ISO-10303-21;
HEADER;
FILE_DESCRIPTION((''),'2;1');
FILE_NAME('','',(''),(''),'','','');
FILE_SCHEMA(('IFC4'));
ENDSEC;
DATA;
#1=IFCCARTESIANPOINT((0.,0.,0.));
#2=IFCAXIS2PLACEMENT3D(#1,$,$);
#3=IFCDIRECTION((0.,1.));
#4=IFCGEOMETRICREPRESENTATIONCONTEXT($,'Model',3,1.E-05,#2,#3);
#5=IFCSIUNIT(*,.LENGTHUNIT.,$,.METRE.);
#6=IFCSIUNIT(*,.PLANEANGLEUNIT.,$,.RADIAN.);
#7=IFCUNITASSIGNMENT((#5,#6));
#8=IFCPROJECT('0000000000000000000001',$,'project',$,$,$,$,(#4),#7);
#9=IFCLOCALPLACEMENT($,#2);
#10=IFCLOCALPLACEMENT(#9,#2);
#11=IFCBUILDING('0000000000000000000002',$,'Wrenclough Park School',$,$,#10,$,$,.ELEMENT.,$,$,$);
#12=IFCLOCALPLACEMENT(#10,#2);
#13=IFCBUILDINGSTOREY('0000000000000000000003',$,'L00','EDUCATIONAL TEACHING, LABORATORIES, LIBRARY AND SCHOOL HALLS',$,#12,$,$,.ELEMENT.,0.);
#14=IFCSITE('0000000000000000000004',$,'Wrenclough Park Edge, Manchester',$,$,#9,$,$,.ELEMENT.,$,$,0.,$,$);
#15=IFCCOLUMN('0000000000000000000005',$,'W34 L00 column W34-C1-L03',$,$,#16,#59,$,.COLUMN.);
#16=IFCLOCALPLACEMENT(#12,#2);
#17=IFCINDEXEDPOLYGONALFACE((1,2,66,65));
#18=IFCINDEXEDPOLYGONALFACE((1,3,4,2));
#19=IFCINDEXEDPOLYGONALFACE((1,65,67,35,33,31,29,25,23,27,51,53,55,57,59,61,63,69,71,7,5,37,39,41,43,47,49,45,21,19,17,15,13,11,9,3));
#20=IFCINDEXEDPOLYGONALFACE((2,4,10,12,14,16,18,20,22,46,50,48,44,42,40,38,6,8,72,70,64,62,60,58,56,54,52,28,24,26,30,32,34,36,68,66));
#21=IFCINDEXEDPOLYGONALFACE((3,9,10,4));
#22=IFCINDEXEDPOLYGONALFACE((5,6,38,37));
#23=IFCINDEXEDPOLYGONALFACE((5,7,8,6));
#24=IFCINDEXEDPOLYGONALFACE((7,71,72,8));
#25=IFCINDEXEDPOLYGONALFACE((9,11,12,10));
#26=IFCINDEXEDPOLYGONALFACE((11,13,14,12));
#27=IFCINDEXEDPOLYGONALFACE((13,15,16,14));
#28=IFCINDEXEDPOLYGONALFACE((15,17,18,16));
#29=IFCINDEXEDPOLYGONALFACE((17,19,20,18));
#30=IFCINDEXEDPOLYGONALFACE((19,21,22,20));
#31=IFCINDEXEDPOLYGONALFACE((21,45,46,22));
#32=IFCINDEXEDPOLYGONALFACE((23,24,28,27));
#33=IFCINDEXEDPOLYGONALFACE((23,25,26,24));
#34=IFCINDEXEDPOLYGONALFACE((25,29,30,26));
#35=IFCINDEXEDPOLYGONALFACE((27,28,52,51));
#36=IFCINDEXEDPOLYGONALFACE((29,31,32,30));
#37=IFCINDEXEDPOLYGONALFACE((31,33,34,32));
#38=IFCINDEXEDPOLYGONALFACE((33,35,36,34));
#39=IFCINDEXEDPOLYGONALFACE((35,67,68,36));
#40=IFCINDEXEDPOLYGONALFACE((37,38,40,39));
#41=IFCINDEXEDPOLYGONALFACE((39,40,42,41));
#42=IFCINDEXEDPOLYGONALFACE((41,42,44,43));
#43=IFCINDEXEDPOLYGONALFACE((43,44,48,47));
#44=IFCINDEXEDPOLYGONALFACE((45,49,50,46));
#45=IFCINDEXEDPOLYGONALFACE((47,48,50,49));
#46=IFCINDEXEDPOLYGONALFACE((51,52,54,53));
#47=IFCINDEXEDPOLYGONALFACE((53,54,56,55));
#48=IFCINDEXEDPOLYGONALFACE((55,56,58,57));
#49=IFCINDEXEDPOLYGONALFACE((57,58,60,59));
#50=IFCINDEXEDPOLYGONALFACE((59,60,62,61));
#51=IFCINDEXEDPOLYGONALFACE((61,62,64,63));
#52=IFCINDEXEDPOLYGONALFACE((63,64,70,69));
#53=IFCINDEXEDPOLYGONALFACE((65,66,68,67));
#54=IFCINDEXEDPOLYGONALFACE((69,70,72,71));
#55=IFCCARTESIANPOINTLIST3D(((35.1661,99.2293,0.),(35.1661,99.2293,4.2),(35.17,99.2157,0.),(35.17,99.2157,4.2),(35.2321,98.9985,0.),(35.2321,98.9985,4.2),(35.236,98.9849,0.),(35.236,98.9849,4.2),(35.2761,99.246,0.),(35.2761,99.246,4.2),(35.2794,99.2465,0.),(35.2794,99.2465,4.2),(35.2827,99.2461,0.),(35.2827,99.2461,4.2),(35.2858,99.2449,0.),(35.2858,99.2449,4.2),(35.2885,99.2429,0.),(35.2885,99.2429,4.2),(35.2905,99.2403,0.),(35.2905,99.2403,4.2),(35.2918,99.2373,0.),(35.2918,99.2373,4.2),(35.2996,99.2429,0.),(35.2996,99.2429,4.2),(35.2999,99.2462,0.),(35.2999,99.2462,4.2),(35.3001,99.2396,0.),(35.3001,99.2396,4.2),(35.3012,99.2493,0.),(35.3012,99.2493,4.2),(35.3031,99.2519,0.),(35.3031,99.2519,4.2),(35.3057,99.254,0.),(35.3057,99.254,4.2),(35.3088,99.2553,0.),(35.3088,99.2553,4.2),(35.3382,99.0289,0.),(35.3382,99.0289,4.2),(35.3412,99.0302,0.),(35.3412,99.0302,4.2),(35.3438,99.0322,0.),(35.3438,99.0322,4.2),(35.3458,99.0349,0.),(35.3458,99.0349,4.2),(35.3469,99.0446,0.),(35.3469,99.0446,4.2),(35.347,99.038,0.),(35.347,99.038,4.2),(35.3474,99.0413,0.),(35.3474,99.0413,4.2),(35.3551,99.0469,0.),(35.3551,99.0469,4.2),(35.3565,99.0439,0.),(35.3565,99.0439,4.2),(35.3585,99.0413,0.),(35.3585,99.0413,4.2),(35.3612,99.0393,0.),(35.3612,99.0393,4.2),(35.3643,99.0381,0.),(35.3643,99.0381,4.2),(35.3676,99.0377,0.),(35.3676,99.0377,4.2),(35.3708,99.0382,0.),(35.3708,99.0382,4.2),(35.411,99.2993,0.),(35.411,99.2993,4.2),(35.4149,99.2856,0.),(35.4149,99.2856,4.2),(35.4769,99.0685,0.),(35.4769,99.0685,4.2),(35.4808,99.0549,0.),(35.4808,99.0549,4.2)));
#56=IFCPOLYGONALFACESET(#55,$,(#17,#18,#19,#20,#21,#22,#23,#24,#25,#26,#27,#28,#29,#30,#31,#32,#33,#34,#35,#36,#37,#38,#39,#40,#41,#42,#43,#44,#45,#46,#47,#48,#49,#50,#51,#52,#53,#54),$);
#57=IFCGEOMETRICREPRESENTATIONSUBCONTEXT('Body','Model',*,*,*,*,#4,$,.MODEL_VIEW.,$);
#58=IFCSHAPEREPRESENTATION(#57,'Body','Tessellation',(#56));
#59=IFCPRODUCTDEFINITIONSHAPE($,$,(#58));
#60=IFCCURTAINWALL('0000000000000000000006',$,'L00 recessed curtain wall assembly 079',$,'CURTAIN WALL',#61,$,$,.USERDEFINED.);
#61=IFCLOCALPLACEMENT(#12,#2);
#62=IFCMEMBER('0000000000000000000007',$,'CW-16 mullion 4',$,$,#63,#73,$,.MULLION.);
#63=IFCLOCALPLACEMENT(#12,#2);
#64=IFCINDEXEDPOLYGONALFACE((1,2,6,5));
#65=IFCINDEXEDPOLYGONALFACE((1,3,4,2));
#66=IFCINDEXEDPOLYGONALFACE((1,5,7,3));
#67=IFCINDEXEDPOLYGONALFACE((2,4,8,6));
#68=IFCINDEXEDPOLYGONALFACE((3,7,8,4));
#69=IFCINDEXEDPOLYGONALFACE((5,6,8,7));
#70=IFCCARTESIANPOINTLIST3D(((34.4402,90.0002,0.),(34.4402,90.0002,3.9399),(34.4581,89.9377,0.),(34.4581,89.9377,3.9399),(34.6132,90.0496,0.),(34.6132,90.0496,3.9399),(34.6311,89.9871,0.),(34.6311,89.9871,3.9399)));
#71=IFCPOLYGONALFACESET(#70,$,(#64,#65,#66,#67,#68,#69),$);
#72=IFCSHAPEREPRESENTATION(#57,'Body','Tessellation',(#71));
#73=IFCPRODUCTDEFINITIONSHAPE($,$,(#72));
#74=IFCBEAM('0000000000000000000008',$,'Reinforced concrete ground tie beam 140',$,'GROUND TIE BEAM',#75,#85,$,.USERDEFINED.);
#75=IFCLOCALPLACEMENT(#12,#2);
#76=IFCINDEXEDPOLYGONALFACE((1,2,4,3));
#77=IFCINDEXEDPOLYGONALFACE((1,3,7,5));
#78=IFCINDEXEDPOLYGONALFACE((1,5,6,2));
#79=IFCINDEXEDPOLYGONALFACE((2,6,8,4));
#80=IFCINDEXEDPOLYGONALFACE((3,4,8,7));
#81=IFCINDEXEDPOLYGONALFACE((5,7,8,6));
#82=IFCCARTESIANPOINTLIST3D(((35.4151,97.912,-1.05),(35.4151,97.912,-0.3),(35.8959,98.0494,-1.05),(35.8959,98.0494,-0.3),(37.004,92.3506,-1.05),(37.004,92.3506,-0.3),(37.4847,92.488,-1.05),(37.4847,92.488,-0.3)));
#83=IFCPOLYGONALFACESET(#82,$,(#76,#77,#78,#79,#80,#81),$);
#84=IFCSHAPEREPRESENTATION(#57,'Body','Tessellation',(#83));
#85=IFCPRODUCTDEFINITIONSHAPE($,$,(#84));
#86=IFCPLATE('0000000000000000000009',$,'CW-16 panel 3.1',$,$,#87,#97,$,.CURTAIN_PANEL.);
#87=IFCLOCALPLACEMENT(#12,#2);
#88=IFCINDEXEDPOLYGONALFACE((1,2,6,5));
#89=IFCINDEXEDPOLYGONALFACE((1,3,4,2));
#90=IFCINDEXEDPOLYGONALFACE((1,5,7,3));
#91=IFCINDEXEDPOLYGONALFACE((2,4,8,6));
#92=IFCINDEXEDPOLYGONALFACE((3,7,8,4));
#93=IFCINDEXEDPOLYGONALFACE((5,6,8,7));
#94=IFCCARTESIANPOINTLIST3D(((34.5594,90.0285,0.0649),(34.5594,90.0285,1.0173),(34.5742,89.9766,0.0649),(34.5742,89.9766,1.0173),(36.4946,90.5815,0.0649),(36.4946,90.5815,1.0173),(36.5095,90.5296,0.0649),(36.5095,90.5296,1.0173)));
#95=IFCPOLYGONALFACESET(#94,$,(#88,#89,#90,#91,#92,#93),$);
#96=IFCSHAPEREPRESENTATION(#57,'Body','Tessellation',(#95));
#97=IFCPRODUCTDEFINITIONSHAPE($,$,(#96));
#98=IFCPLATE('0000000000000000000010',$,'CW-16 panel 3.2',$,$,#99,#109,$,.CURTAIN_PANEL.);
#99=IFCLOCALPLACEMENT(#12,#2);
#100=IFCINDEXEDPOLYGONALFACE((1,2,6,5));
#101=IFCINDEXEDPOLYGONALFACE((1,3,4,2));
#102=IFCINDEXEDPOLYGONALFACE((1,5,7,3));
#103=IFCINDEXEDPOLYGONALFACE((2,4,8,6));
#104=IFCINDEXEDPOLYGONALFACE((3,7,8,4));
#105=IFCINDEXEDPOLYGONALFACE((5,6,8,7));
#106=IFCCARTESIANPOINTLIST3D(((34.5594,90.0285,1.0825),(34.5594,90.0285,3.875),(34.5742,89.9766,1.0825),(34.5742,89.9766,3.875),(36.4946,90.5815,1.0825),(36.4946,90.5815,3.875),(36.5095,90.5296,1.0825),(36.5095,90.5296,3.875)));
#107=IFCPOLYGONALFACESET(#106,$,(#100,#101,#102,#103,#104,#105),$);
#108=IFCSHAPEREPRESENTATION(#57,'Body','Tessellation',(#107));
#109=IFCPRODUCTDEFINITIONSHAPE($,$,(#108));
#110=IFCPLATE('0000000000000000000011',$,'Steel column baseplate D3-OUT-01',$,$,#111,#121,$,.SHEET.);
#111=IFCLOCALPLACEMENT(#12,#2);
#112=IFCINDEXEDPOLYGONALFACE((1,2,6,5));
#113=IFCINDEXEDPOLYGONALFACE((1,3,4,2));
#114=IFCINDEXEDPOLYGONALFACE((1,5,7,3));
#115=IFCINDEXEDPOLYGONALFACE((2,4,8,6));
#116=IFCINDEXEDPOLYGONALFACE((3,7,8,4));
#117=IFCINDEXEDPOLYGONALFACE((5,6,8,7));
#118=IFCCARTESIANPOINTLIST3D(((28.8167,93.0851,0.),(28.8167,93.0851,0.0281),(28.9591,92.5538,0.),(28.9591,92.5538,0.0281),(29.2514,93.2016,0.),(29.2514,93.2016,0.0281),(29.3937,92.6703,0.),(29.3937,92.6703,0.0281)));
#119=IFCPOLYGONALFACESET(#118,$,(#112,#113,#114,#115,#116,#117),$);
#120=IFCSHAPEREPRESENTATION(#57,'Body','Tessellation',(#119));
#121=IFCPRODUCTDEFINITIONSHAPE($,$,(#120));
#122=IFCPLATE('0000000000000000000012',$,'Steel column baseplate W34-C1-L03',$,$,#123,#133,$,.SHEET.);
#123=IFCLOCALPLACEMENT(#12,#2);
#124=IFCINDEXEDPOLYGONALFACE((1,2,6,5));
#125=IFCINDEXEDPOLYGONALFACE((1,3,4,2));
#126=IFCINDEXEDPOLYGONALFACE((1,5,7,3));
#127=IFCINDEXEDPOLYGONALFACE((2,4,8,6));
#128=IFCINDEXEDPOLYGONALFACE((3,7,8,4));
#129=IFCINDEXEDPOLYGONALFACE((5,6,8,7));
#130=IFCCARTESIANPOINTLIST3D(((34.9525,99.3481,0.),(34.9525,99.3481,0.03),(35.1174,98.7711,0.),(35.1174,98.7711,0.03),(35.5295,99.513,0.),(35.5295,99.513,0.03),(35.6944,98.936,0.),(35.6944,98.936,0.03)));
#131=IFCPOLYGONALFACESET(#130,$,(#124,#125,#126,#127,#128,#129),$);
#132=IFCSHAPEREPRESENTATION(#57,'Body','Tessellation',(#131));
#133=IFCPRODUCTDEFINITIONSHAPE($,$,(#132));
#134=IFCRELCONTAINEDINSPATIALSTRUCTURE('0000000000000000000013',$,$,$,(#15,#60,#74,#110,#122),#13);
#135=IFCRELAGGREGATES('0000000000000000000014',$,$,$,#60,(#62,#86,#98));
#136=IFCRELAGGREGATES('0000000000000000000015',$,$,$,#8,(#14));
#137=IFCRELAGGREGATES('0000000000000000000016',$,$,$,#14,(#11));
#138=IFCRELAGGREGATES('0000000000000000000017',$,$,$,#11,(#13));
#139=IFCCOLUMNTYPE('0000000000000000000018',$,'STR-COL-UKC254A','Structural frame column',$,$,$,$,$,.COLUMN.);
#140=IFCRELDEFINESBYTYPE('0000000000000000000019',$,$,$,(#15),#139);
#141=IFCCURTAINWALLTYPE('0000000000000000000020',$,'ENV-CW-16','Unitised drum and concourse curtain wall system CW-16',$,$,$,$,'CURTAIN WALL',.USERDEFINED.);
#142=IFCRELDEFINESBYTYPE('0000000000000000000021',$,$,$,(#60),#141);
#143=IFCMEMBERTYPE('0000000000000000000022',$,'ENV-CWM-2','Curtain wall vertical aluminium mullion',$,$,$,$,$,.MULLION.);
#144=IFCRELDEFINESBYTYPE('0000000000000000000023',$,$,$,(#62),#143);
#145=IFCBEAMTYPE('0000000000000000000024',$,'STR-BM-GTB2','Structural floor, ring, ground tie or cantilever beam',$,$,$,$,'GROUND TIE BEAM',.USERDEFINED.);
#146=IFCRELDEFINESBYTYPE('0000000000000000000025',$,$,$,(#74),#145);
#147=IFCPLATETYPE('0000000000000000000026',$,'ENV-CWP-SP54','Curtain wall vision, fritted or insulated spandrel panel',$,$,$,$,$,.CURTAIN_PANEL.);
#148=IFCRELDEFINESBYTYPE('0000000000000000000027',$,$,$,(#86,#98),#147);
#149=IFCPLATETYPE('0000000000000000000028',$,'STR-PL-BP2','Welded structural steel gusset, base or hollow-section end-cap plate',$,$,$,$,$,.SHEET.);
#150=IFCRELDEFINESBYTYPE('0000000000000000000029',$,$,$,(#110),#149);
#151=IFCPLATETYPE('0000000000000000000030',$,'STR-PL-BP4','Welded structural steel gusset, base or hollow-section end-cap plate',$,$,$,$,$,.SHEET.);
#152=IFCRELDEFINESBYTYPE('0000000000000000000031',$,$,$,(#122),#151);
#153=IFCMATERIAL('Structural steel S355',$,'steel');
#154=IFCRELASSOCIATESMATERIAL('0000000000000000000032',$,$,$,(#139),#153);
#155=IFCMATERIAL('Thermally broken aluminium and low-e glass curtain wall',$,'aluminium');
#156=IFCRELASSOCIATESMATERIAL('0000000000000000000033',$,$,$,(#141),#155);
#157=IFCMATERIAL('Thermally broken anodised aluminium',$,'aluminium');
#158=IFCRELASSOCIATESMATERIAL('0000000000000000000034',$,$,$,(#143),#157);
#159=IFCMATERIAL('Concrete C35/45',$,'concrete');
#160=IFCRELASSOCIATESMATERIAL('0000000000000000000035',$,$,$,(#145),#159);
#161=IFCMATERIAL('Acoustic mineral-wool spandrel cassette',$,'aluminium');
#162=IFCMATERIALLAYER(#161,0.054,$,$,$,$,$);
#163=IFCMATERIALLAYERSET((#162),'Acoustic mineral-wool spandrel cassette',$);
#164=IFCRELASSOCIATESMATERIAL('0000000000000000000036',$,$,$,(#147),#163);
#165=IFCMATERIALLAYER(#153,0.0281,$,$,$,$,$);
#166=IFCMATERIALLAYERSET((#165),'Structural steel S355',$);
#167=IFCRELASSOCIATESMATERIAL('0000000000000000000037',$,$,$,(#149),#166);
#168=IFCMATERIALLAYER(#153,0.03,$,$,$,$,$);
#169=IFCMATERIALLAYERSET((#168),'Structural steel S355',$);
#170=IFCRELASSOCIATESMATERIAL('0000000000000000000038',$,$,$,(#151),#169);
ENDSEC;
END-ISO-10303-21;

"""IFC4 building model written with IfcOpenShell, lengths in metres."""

from ifc_helpers import new_model, si_unit, direction, frame, origin, origin_2d, place, context, subcontext, project, spatial, rectangle, i_section, extrude, material, layer, layer_set, material_profile, profile_set, type_object, element, aggregate, save


model = new_model("IFC4")

# Units and contexts
model_context = context("Model", 3, precision=1e-05, world=origin(), true_north=direction((0.0, 1.0)))
body_context = subcontext(model_context, "Body", "Model", "MODEL_VIEW")
ifc_project = project(units=[si_unit("LENGTHUNIT", "METRE"), si_unit("PLANEANGLEUNIT", "RADIAN")], contexts=[model_context])

# Site, building, storey
site_placement = place(None, origin())
site = spatial("IfcSite", under=ifc_project, at=site_placement, Name="Wrenclough Park Edge, Manchester", CompositionType="ELEMENT", RefElevation=0.0)
building_placement = place(site_placement, origin())
building = spatial("IfcBuilding", under=site, at=building_placement, Name="Wrenclough Park School", CompositionType="ELEMENT")
storey_placement = place(building_placement, origin())
storey = spatial("IfcBuildingStorey", under=building, at=storey_placement, Name="L00", Description="EDUCATIONAL TEACHING, LABORATORIES, LIBRARY AND SCHOOL HALLS", CompositionType="ELEMENT", Elevation=0.0)

# Shared definitions
ifc_material_1 = material(Name="Concrete C35/45", Category="concrete")

# Column
ifc_material_2 = material(Name="Structural steel S355", Category="steel")
ifc_material_profile_1 = material_profile(ifc_material_2, i_section(OverallWidth=0.2546, OverallDepth=0.2542, WebThickness=0.0085, FlangeThickness=0.0142, FilletRadius=0.0127, at=origin_2d()), Name="UKC 254x254x73")
ifc_profile_set_1 = profile_set([ifc_material_profile_1], Name="Structural steel S355")
column_type_1 = type_object("IfcColumnType", Name="STR-COL-UKC254A", Description="Structural frame column", PredefinedType="COLUMN", material=ifc_profile_set_1)
column_1_placement = place(storey_placement, frame((35.3235, 99.1421, 0.0), z_axis=(0.0, 0.0, 1.0), x_axis=(0.961502, 0.274798, 0.0)))
element("IfcColumn", 1, at=column_1_placement, inside=storey, type_object=column_type_1, Name="W34 L00 column W34-C1-L03", PredefinedType="COLUMN", context=body_context, shape_type="SweptSolid", body=[
    extrude(i_section(OverallWidth=0.2546, OverallDepth=0.2542, WebThickness=0.0085, FlangeThickness=0.0142, FilletRadius=0.0127, at=origin_2d()), origin(), (0.0, 0.0, 1.0), 4.2),
])

# Curtain wall, member
ifc_material_3 = material(Name="Thermally broken aluminium and low-e glass curtain wall", Category="aluminium")
curtain_wall_type = type_object("IfcCurtainWallType", Name="ENV-CW-16", Description="Unitised drum and concourse curtain wall system CW-16", ElementType="CURTAIN WALL", PredefinedType="USERDEFINED", material=ifc_material_3)
curtain_wall_placement = place(storey_placement, origin())
curtain_wall = element("IfcCurtainWall", 2, at=curtain_wall_placement, inside=storey, type_object=curtain_wall_type, Name="L00 recessed curtain wall assembly 079", ObjectType="CURTAIN WALL", PredefinedType="USERDEFINED")
ifc_material_4 = material(Name="Thermally broken anodised aluminium", Category="aluminium")
ifc_material_profile_2 = material_profile(ifc_material_4, rectangle(XDim=0.0649, YDim=0.1799, at=origin_2d()), Name="AL MULLION 65x180")
ifc_profile_set_2 = profile_set([ifc_material_profile_2], Name="Thermally broken anodised aluminium")
member_type = type_object("IfcMemberType", Name="ENV-CWM-2", Description="Curtain wall vertical aluminium mullion", PredefinedType="MULLION", material=ifc_profile_set_2)
member_placement = place(storey_placement, frame((34.5356, 89.9937, 0.0), z_axis=(0.0, 0.0, 1.0), x_axis=(0.274721, -0.961524, 0.0)))
member = element("IfcMember", 3, at=member_placement, type_object=member_type, Name="CW-16 mullion 4", PredefinedType="MULLION", context=body_context, shape_type="SweptSolid", body=[
    extrude(rectangle(XDim=0.0649, YDim=0.1799, at=origin_2d()), origin(), (0.0, 0.0, 1.0), 3.9399),
])

# Beam
ifc_material_profile_3 = material_profile(ifc_material_1, rectangle(XDim=0.5, YDim=0.75, at=origin_2d()), Name="RC GROUND 500x750")
ifc_profile_set_3 = profile_set([ifc_material_profile_3], Name="Concrete C35/45")
beam_type = type_object("IfcBeamType", Name="STR-BM-GTB2", Description="Structural floor, ring, ground tie or cantilever beam", ElementType="GROUND TIE BEAM", PredefinedType="USERDEFINED", material=ifc_profile_set_3)
beam_placement = place(storey_placement, frame((35.6555, 97.9807, -0.675), z_axis=(0.274699, -0.96153, 0.0), x_axis=(0.96153, 0.274699, 0.0)))
element("IfcBeam", 4, at=beam_placement, inside=storey, type_object=beam_type, Name="Reinforced concrete ground tie beam 140", ObjectType="GROUND TIE BEAM", PredefinedType="USERDEFINED", context=body_context, shape_type="SweptSolid", body=[
    extrude(rectangle(XDim=0.5, YDim=0.75, at=origin_2d()), origin(), (0.0, 0.0, 1.0), 5.7839),
])

# Plates
ifc_material_5 = material(Name="Acoustic mineral-wool spandrel cassette", Category="aluminium")
ifc_layer_1 = layer(ifc_material_5, 0.054)
ifc_layer_set_1 = layer_set([ifc_layer_1], Name="Acoustic mineral-wool spandrel cassette")
plate_type_1 = type_object("IfcPlateType", Name="ENV-CWP-SP54", Description="Curtain wall vision, fritted or insulated spandrel panel", PredefinedType="CURTAIN_PANEL", material=ifc_layer_set_1)
plate_1_placement = place(storey_placement, frame((35.5344, 90.2791, 0.0649), z_axis=(0.0, 0.0, 1.0), x_axis=(-0.961524, -0.274721, 0.0)))
plate_1 = element("IfcPlate", 5, at=plate_1_placement, type_object=plate_type_1, Name="CW-16 panel 3.1", PredefinedType="CURTAIN_PANEL", context=body_context, shape_type="SweptSolid", body=[
    extrude(rectangle(XDim=2.0127, YDim=0.054, at=origin_2d()), origin(), (0.0, 0.0, 1.0), 0.9524),
])
plate_2_placement = place(storey_placement, frame((35.5344, 90.2791, 1.0825), z_axis=(0.0, 0.0, 1.0), x_axis=(-0.961524, -0.274721, 0.0)))
plate_2 = element("IfcPlate", 6, at=plate_2_placement, type_object=plate_type_1, Name="CW-16 panel 3.2", PredefinedType="CURTAIN_PANEL", context=body_context, shape_type="SweptSolid", body=[
    extrude(rectangle(XDim=2.0127, YDim=0.054, at=origin_2d()), origin(), (0.0, 0.0, 1.0), 2.7925),
])
aggregate(curtain_wall, [member, plate_1, plate_2])

# Plates
ifc_layer_2 = layer(ifc_material_2, 0.0281)
ifc_layer_set_2 = layer_set([ifc_layer_2], Name="Structural steel S355")
plate_type_2 = type_object("IfcPlateType", Name="STR-PL-BP2", Description="Welded structural steel gusset, base or hollow-section end-cap plate", PredefinedType="SHEET", material=ifc_layer_set_2)
plate_3_placement = place(storey_placement, frame((29.1052, 92.8777, 0.0), z_axis=(0.0, 0.0, 1.0), x_axis=(-0.258819, 0.965926, 0.0)))
element("IfcPlate", 7, at=plate_3_placement, inside=storey, type_object=plate_type_2, Name="Steel column baseplate D3-OUT-01", PredefinedType="SHEET", context=body_context, shape_type="SweptSolid", body=[
    extrude(rectangle(XDim=0.55, YDim=0.45, at=origin_2d()), origin(), (0.0, 0.0, 1.0), 0.0281),
])
ifc_layer_3 = layer(ifc_material_2, 0.03)
ifc_layer_set_3 = layer_set([ifc_layer_3], Name="Structural steel S355")
plate_type_3 = type_object("IfcPlateType", Name="STR-PL-BP4", Description="Welded structural steel gusset, base or hollow-section end-cap plate", PredefinedType="SHEET", material=ifc_layer_set_3)
plate_4_placement = place(storey_placement, frame((35.3235, 99.1421, 0.0), z_axis=(0.0, 0.0, 1.0), x_axis=(0.961502, 0.274798, 0.0)))
element("IfcPlate", 8, at=plate_4_placement, inside=storey, type_object=plate_type_3, Name="Steel column baseplate W34-C1-L03", PredefinedType="SHEET", context=body_context, shape_type="SweptSolid", body=[
    extrude(rectangle(XDim=0.6001, YDim=0.6001, at=origin_2d()), origin(), (0.0, 0.0, 1.0), 0.03),
])

save(model, "model.ifc")
